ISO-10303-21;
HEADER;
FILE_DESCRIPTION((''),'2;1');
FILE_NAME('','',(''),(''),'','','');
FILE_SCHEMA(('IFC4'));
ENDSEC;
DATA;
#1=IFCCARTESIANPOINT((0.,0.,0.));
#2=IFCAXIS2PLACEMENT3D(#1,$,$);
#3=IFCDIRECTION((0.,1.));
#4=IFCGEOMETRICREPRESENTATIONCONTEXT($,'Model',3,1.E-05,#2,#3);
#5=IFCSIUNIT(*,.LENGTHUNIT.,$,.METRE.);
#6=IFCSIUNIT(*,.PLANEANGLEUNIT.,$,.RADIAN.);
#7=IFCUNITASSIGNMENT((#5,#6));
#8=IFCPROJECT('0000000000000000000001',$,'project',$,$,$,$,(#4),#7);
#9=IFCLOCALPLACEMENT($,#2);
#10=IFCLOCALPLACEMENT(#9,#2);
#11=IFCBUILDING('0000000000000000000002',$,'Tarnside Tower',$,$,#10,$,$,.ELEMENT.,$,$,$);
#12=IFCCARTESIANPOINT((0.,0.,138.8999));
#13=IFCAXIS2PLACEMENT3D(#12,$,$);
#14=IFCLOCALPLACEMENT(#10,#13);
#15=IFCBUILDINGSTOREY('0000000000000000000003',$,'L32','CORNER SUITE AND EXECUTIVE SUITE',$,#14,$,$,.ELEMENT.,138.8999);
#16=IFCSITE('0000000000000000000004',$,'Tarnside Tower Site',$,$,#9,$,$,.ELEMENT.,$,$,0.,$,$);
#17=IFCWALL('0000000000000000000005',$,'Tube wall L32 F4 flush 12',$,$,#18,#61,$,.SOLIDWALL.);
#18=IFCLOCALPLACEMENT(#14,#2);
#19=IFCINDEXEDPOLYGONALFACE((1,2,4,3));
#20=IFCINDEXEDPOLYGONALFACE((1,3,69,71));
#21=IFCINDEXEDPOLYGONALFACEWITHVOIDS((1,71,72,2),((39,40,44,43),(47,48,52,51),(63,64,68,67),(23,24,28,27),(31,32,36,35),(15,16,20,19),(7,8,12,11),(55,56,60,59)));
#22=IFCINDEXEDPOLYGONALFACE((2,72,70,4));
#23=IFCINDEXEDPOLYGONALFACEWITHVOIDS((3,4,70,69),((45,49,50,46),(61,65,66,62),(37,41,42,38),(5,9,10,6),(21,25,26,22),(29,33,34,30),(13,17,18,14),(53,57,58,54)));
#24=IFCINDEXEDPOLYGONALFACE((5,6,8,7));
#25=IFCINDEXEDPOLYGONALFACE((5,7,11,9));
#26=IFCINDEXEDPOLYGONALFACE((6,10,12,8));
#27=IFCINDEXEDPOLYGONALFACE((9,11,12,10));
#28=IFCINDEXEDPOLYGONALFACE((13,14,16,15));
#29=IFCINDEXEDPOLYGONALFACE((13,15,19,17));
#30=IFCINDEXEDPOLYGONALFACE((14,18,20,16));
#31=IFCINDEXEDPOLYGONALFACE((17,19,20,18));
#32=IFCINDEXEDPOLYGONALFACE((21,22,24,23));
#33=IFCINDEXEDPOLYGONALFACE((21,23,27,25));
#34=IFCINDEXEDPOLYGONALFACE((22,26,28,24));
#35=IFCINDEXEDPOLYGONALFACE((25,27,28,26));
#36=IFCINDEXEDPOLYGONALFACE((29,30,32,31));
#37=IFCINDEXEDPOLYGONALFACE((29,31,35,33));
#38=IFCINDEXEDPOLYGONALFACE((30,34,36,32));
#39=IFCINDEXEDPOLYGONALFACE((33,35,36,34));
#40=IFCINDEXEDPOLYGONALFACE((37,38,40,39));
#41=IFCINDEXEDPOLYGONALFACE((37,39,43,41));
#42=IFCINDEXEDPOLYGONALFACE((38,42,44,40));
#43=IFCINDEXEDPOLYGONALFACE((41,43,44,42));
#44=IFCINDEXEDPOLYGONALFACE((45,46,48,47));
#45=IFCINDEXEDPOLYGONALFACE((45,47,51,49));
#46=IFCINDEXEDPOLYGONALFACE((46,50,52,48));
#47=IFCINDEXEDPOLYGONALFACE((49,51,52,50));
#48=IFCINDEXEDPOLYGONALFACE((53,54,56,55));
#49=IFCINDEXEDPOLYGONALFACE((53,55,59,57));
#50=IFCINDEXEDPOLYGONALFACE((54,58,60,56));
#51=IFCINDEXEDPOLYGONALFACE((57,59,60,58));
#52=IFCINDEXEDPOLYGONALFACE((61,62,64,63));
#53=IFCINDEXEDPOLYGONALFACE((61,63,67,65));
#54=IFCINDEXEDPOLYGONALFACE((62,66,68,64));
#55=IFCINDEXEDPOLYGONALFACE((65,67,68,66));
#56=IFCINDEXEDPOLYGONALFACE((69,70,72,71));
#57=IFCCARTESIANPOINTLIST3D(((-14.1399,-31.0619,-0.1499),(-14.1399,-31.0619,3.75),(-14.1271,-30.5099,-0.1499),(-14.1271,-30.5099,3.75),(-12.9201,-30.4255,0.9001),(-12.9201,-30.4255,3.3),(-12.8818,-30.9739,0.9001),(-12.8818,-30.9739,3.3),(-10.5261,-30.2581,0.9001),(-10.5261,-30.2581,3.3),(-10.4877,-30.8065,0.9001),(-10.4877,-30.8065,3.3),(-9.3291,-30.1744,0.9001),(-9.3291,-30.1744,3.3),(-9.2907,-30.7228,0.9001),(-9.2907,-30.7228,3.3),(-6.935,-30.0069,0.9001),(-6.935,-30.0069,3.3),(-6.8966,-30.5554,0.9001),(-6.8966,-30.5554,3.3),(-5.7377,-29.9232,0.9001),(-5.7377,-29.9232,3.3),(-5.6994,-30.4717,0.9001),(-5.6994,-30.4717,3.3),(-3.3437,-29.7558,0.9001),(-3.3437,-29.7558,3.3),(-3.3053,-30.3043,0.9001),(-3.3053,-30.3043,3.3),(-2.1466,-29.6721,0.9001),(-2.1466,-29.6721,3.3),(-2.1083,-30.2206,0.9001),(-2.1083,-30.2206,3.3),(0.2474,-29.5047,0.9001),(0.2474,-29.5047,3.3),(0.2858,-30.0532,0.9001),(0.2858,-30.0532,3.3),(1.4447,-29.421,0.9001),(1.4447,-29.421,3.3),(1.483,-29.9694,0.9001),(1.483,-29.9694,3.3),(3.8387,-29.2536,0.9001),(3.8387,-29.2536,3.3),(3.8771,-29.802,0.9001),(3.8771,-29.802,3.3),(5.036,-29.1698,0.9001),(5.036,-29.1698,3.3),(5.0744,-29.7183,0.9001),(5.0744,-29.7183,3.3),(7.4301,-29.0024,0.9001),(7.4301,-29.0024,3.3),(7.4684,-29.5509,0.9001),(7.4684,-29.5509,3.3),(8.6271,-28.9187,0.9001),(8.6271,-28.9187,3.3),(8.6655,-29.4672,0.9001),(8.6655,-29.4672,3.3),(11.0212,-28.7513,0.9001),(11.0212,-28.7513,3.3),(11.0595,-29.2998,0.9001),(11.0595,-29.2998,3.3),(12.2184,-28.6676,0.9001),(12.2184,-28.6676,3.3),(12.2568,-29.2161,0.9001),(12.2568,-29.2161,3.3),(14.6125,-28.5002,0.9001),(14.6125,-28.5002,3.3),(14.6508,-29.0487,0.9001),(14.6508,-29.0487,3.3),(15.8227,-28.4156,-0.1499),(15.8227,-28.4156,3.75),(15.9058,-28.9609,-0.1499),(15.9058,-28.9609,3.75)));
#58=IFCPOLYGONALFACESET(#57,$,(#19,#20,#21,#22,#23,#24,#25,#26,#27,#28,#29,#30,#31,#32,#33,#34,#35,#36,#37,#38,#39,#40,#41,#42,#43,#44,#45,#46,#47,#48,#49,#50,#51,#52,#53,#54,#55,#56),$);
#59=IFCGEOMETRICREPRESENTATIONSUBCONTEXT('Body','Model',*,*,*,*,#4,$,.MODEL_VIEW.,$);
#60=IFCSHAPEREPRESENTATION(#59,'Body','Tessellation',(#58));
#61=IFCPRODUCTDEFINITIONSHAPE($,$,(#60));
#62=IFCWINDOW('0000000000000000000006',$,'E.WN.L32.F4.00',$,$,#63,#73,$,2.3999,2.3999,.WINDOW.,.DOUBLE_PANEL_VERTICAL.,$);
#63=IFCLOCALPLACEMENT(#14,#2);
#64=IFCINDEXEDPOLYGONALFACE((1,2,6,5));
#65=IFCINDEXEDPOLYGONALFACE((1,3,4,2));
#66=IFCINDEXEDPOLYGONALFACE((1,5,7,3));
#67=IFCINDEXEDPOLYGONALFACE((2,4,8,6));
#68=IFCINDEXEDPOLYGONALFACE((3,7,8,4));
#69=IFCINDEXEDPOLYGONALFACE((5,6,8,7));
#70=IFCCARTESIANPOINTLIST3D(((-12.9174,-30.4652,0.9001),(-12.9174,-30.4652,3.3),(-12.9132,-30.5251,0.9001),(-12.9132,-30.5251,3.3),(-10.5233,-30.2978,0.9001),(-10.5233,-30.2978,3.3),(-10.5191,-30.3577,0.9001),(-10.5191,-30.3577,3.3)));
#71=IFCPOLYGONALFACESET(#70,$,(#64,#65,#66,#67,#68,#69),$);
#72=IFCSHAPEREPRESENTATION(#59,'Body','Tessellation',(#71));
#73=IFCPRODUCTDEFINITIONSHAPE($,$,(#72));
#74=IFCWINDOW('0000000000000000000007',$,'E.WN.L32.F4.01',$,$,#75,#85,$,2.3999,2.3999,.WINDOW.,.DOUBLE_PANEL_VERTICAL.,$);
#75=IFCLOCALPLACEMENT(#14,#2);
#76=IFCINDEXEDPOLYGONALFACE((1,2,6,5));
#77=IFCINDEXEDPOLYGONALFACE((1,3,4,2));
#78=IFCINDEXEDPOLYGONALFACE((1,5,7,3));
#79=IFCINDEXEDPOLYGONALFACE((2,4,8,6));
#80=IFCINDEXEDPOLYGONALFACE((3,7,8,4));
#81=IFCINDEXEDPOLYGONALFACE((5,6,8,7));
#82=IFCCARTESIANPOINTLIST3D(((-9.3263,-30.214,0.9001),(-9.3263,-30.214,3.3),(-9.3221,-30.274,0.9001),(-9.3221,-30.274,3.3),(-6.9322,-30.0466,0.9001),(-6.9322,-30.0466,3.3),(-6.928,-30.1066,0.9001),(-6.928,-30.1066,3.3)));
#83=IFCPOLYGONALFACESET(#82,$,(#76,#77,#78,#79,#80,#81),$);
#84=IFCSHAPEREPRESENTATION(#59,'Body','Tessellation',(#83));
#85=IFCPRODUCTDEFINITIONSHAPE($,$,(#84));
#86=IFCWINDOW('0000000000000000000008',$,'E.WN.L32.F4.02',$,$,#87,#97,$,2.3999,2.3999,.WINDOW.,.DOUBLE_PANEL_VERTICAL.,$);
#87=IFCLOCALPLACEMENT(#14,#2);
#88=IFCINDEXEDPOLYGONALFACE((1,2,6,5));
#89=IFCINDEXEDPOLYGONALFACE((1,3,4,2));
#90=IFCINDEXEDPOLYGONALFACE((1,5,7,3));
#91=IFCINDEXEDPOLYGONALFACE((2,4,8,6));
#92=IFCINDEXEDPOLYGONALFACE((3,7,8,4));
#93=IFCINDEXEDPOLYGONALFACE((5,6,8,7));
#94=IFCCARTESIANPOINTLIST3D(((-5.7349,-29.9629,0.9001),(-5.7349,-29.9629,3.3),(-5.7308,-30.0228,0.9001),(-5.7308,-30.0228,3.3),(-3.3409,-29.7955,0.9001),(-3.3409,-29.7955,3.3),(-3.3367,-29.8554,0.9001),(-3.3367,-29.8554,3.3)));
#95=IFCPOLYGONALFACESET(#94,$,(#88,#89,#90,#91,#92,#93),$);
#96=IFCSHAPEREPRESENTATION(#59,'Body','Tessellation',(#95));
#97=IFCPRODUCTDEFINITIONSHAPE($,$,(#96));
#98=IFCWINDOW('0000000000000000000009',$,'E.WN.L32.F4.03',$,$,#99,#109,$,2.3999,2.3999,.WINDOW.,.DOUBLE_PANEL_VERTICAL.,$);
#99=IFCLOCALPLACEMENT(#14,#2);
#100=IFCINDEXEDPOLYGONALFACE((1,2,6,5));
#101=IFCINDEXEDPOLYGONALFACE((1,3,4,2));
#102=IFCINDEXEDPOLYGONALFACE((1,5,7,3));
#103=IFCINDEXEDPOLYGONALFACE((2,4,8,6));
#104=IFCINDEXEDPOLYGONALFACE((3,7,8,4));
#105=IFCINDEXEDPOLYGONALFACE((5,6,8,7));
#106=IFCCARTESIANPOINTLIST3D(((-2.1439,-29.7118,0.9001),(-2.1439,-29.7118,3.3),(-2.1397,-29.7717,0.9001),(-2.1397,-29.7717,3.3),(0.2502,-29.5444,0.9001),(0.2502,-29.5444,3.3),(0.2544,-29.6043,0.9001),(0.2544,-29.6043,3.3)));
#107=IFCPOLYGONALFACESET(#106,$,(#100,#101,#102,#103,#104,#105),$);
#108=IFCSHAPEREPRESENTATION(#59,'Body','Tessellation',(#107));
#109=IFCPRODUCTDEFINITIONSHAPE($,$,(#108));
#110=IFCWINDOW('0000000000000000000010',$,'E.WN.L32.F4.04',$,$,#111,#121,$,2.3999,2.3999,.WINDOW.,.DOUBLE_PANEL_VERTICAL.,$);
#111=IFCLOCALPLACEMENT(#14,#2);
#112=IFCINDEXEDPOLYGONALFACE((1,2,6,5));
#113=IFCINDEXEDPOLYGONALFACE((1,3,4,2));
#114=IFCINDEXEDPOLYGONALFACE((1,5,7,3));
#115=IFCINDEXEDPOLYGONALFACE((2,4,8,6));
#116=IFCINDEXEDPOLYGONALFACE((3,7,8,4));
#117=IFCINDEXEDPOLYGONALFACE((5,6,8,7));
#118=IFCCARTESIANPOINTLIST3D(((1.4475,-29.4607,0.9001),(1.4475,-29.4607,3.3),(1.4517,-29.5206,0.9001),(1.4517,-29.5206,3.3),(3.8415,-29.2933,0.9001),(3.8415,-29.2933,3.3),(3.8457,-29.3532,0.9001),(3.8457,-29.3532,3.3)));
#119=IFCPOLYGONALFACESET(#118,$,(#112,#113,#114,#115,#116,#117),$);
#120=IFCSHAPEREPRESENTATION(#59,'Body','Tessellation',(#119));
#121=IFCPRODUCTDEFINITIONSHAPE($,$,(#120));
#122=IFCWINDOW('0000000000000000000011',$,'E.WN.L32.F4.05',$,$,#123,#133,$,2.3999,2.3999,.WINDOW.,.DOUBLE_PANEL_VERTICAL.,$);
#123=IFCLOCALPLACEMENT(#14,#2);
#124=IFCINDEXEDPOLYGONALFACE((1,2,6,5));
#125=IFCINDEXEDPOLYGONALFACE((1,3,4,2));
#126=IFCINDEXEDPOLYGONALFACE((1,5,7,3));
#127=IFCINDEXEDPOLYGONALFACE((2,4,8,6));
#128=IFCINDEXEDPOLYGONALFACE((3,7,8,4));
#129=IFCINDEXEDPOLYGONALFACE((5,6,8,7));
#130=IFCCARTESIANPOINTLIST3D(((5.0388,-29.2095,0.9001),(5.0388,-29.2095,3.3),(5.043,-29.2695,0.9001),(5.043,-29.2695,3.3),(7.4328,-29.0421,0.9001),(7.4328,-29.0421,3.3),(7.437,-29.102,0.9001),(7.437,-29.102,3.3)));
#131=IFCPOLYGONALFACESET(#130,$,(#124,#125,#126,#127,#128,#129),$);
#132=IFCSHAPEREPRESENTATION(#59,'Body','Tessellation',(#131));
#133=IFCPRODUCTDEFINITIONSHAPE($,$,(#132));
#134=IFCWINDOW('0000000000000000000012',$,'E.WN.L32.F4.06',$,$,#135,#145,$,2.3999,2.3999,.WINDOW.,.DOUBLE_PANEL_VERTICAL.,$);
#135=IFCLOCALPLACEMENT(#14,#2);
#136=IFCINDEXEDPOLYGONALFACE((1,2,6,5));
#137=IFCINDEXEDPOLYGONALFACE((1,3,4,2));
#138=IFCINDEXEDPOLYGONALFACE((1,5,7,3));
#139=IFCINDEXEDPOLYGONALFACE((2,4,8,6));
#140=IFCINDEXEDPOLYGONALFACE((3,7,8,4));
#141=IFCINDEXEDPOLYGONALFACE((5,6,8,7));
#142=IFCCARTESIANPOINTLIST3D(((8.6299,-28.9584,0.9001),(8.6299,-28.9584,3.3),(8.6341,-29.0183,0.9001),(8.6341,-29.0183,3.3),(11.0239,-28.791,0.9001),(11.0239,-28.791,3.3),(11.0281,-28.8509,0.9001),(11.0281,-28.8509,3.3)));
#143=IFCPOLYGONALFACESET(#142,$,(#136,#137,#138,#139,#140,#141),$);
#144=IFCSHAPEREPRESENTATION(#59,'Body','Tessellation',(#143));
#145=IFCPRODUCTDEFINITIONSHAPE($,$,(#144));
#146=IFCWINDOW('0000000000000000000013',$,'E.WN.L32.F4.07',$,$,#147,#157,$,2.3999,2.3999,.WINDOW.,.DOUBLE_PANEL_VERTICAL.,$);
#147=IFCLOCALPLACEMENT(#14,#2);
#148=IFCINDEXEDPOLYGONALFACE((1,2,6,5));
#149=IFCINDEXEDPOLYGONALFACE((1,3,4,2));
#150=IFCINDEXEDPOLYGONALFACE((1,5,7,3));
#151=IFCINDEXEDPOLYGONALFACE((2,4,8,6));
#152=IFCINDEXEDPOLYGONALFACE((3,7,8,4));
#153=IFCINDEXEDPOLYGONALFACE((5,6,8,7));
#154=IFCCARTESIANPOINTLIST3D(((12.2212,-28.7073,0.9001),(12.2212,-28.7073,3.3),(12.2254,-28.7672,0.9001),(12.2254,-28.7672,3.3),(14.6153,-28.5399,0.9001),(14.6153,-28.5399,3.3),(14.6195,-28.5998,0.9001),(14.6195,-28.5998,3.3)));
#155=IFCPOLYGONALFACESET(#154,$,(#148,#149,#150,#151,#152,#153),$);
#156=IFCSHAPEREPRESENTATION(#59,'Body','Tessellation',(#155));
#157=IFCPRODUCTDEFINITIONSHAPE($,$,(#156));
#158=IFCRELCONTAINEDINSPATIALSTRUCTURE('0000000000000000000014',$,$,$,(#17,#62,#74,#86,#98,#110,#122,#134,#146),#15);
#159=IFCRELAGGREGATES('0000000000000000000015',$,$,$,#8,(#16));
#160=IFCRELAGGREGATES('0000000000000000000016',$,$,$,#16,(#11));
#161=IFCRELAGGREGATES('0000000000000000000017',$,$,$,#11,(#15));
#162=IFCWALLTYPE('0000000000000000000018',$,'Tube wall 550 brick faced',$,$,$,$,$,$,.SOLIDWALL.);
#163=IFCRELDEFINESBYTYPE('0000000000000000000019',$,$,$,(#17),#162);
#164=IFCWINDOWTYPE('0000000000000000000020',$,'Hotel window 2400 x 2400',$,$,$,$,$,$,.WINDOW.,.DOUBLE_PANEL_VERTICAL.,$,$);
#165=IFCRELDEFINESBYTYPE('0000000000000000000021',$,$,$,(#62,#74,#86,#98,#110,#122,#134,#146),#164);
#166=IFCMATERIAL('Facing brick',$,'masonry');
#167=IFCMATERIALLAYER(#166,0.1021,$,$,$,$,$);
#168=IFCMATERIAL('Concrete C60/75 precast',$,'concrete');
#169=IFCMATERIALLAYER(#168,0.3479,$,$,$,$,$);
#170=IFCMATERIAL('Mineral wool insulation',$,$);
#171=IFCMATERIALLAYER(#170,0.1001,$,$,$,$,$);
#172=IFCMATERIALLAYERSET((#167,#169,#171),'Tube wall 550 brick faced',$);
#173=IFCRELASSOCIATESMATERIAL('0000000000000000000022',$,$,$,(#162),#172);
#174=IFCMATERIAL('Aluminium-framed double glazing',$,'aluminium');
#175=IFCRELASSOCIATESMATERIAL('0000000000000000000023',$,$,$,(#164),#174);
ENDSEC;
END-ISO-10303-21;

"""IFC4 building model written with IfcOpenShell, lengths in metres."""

from ifc_helpers import new_model, si_unit, direction, frame, frame_2d, origin, place, context, subcontext, project, spatial, polyline, rectangle, outline, extrude, material, layer, layer_set, type_object, element, fill, save


model = new_model("IFC4")

# Units and contexts
model_context = context("Model", 3, precision=1e-05, world=origin(), true_north=direction((0.0, 1.0)))
body_context = subcontext(model_context, "Body", "Model", "MODEL_VIEW")
ifc_project = project(units=[si_unit("LENGTHUNIT", "METRE"), si_unit("PLANEANGLEUNIT", "RADIAN")], contexts=[model_context])

# Site, building, storey
site_placement = place(None, origin())
site = spatial("IfcSite", under=ifc_project, at=site_placement, Name="Tarnside Tower Site", CompositionType="ELEMENT", RefElevation=0.0)
building_placement = place(site_placement, origin())
building = spatial("IfcBuilding", under=site, at=building_placement, Name="Tarnside Tower", CompositionType="ELEMENT")
storey_placement = place(building_placement, frame((0.0, 0.0, 138.8999)))
storey = spatial("IfcBuildingStorey", under=building, at=storey_placement, Name="L32", Description="CORNER SUITE AND EXECUTIVE SUITE", CompositionType="ELEMENT", Elevation=138.8999)

# Wall, openings, windows
ifc_material_1 = material(Name="Facing brick", Category="masonry")
ifc_layer_1 = layer(ifc_material_1, 0.1021)
ifc_material_2 = material(Name="Concrete C60/75 precast", Category="concrete")
ifc_layer_2 = layer(ifc_material_2, 0.3479)
ifc_material_3 = material(Name="Mineral wool insulation")
ifc_layer_3 = layer(ifc_material_3, 0.1001)
ifc_layer_set_1 = layer_set([ifc_layer_1, ifc_layer_2, ifc_layer_3], Name="Tube wall 550 brick faced")
wall_type_1 = type_object("IfcWallType", Name="Tube wall 550 brick faced", PredefinedType="SOLIDWALL", material=ifc_layer_set_1)
wall_1_placement = place(storey_placement, frame((-14.1335, -30.7859, -0.1499), z_axis=(0.0, 0.0, 1.0), x_axis=(0.997564, 0.069757, 0.0)))
wall_1 = element("IfcWall", 1, at=wall_1_placement, inside=storey, type_object=wall_type_1, Name="Tube wall L32 F4 flush 12", PredefinedType="SOLIDWALL", context=body_context, shape_type="SweptSolid", body=[
    extrude(outline(polyline([(-0.0256, -0.2749), (30.0935, -0.2749), (30.0486, 0.2749), (0.0256, 0.2749), (-0.0256, -0.2749)])), origin(), (0.0, 0.0, 1.0), 3.8999),
])
opening_1_placement = place(wall_1_placement, frame((1.2356, 0.0, 1.05)))
opening_1 = element("IfcOpeningElement", 2, at=opening_1_placement, cuts=wall_1, PredefinedType="OPENING", context=body_context, shape_type="SweptSolid", body=[
    extrude(rectangle(XDim=2.3999, YDim=2.3999, at=frame_2d((1.2, 1.2))), frame((0.0, 0.2852, 0.0), z_axis=(0.0, -1.0, 0.0), x_axis=(1.0, 0.0, 0.0)), (0.0, 0.0, 1.0), 0.5701),
])
opening_2_placement = place(wall_1_placement, frame((4.8354, 0.0, 1.05)))
opening_2 = element("IfcOpeningElement", 3, at=opening_2_placement, cuts=wall_1, PredefinedType="OPENING", context=body_context, shape_type="SweptSolid", body=[
    extrude(rectangle(XDim=2.3999, YDim=2.3999, at=frame_2d((1.2, 1.2))), frame((0.0, 0.2852, 0.0), z_axis=(0.0, -1.0, 0.0), x_axis=(1.0, 0.0, 0.0)), (0.0, 0.0, 1.0), 0.5701),
])
opening_3_placement = place(wall_1_placement, frame((8.4355, 0.0, 1.05)))
opening_3 = element("IfcOpeningElement", 4, at=opening_3_placement, cuts=wall_1, PredefinedType="OPENING", context=body_context, shape_type="SweptSolid", body=[
    extrude(rectangle(XDim=2.3999, YDim=2.3999, at=frame_2d((1.2, 1.2))), frame((0.0, 0.2852, 0.0), z_axis=(0.0, -1.0, 0.0), x_axis=(1.0, 0.0, 0.0)), (0.0, 0.0, 1.0), 0.5701),
])
opening_4_placement = place(wall_1_placement, frame((12.0354, 0.0, 1.05)))
opening_4 = element("IfcOpeningElement", 5, at=opening_4_placement, cuts=wall_1, PredefinedType="OPENING", context=body_context, shape_type="SweptSolid", body=[
    extrude(rectangle(XDim=2.3999, YDim=2.3999, at=frame_2d((1.2, 1.2))), frame((0.0, 0.2852, 0.0), z_axis=(0.0, -1.0, 0.0), x_axis=(1.0, 0.0, 0.0)), (0.0, 0.0, 1.0), 0.5701),
])
opening_5_placement = place(wall_1_placement, frame((15.6355, 0.0, 1.05)))
opening_5 = element("IfcOpeningElement", 6, at=opening_5_placement, cuts=wall_1, PredefinedType="OPENING", context=body_context, shape_type="SweptSolid", body=[
    extrude(rectangle(XDim=2.3999, YDim=2.3999, at=frame_2d((1.2, 1.2))), frame((0.0, 0.2852, 0.0), z_axis=(0.0, -1.0, 0.0), x_axis=(1.0, 0.0, 0.0)), (0.0, 0.0, 1.0), 0.5701),
])
opening_6_placement = place(wall_1_placement, frame((19.2356, 0.0, 1.05)))
opening_6 = element("IfcOpeningElement", 7, at=opening_6_placement, cuts=wall_1, PredefinedType="OPENING", context=body_context, shape_type="SweptSolid", body=[
    extrude(rectangle(XDim=2.3999, YDim=2.3999, at=frame_2d((1.2, 1.2))), frame((0.0, 0.2852, 0.0), z_axis=(0.0, -1.0, 0.0), x_axis=(1.0, 0.0, 0.0)), (0.0, 0.0, 1.0), 0.5701),
])
opening_7_placement = place(wall_1_placement, frame((22.8354, 0.0, 1.05)))
opening_7 = element("IfcOpeningElement", 8, at=opening_7_placement, cuts=wall_1, PredefinedType="OPENING", context=body_context, shape_type="SweptSolid", body=[
    extrude(rectangle(XDim=2.3999, YDim=2.3999, at=frame_2d((1.2, 1.2))), frame((0.0, 0.2852, 0.0), z_axis=(0.0, -1.0, 0.0), x_axis=(1.0, 0.0, 0.0)), (0.0, 0.0, 1.0), 0.5701),
])
opening_8_placement = place(wall_1_placement, frame((26.4355, 0.0, 1.05)))
opening_8 = element("IfcOpeningElement", 9, at=opening_8_placement, cuts=wall_1, PredefinedType="OPENING", context=body_context, shape_type="SweptSolid", body=[
    extrude(rectangle(XDim=2.3999, YDim=2.3999, at=frame_2d((1.2, 1.2))), frame((0.0, 0.2852, 0.0), z_axis=(0.0, -1.0, 0.0), x_axis=(1.0, 0.0, 0.0)), (0.0, 0.0, 1.0), 0.5701),
])
ifc_material_4 = material(Name="Aluminium-framed double glazing", Category="aluminium")
window_type = type_object("IfcWindowType", Name="Hotel window 2400 x 2400", PartitioningType="DOUBLE_PANEL_VERTICAL", PredefinedType="WINDOW", material=ifc_material_4)
window_1_placement = place(opening_1_placement, frame((0.0, 0.2051, 0.0)))
window_1 = element("IfcWindow", 10, at=window_1_placement, inside=storey, type_object=window_type, Name="E.WN.L32.F4.00", OverallHeight=2.3999, OverallWidth=2.3999, PartitioningType="DOUBLE_PANEL_VERTICAL", PredefinedType="WINDOW", context=body_context, shape_type="SweptSolid", body=[
    extrude(rectangle(XDim=2.3999, YDim=2.3999, at=frame_2d((1.2, 1.2))), frame((0.0, 0.03, 0.0), z_axis=(0.0, -1.0, 0.0), x_axis=(1.0, 0.0, 0.0)), (0.0, 0.0, 1.0), 0.0601),
])
fill(opening_1, window_1)
window_2_placement = place(opening_2_placement, frame((0.0, 0.2051, 0.0)))
window_2 = element("IfcWindow", 11, at=window_2_placement, inside=storey, type_object=window_type, Name="E.WN.L32.F4.01", OverallHeight=2.3999, OverallWidth=2.3999, PartitioningType="DOUBLE_PANEL_VERTICAL", PredefinedType="WINDOW", context=body_context, shape_type="SweptSolid", body=[
    extrude(rectangle(XDim=2.3999, YDim=2.3999, at=frame_2d((1.2, 1.2))), frame((0.0, 0.03, 0.0), z_axis=(0.0, -1.0, 0.0), x_axis=(1.0, 0.0, 0.0)), (0.0, 0.0, 1.0), 0.0601),
])
fill(opening_2, window_2)
window_3_placement = place(opening_3_placement, frame((0.0, 0.2051, 0.0)))
window_3 = element("IfcWindow", 12, at=window_3_placement, inside=storey, type_object=window_type, Name="E.WN.L32.F4.02", OverallHeight=2.3999, OverallWidth=2.3999, PartitioningType="DOUBLE_PANEL_VERTICAL", PredefinedType="WINDOW", context=body_context, shape_type="SweptSolid", body=[
    extrude(rectangle(XDim=2.3999, YDim=2.3999, at=frame_2d((1.2, 1.2))), frame((0.0, 0.03, 0.0), z_axis=(0.0, -1.0, 0.0), x_axis=(1.0, 0.0, 0.0)), (0.0, 0.0, 1.0), 0.0601),
])
fill(opening_3, window_3)
window_4_placement = place(opening_4_placement, frame((0.0, 0.2051, 0.0)))
window_4 = element("IfcWindow", 13, at=window_4_placement, inside=storey, type_object=window_type, Name="E.WN.L32.F4.03", OverallHeight=2.3999, OverallWidth=2.3999, PartitioningType="DOUBLE_PANEL_VERTICAL", PredefinedType="WINDOW", context=body_context, shape_type="SweptSolid", body=[
    extrude(rectangle(XDim=2.3999, YDim=2.3999, at=frame_2d((1.2, 1.2))), frame((0.0, 0.03, 0.0), z_axis=(0.0, -1.0, 0.0), x_axis=(1.0, 0.0, 0.0)), (0.0, 0.0, 1.0), 0.0601),
])
fill(opening_4, window_4)
window_5_placement = place(opening_5_placement, frame((0.0, 0.2051, 0.0)))
window_5 = element("IfcWindow", 14, at=window_5_placement, inside=storey, type_object=window_type, Name="E.WN.L32.F4.04", OverallHeight=2.3999, OverallWidth=2.3999, PartitioningType="DOUBLE_PANEL_VERTICAL", PredefinedType="WINDOW", context=body_context, shape_type="SweptSolid", body=[
    extrude(rectangle(XDim=2.3999, YDim=2.3999, at=frame_2d((1.2, 1.2))), frame((0.0, 0.03, 0.0), z_axis=(0.0, -1.0, 0.0), x_axis=(1.0, 0.0, 0.0)), (0.0, 0.0, 1.0), 0.0601),
])
fill(opening_5, window_5)
window_6_placement = place(opening_6_placement, frame((0.0, 0.2051, 0.0)))
window_6 = element("IfcWindow", 15, at=window_6_placement, inside=storey, type_object=window_type, Name="E.WN.L32.F4.05", OverallHeight=2.3999, OverallWidth=2.3999, PartitioningType="DOUBLE_PANEL_VERTICAL", PredefinedType="WINDOW", context=body_context, shape_type="SweptSolid", body=[
    extrude(rectangle(XDim=2.3999, YDim=2.3999, at=frame_2d((1.2, 1.2))), frame((0.0, 0.03, 0.0), z_axis=(0.0, -1.0, 0.0), x_axis=(1.0, 0.0, 0.0)), (0.0, 0.0, 1.0), 0.0601),
])
fill(opening_6, window_6)
window_7_placement = place(opening_7_placement, frame((0.0, 0.2051, 0.0)))
window_7 = element("IfcWindow", 16, at=window_7_placement, inside=storey, type_object=window_type, Name="E.WN.L32.F4.06", OverallHeight=2.3999, OverallWidth=2.3999, PartitioningType="DOUBLE_PANEL_VERTICAL", PredefinedType="WINDOW", context=body_context, shape_type="SweptSolid", body=[
    extrude(rectangle(XDim=2.3999, YDim=2.3999, at=frame_2d((1.2, 1.2))), frame((0.0, 0.03, 0.0), z_axis=(0.0, -1.0, 0.0), x_axis=(1.0, 0.0, 0.0)), (0.0, 0.0, 1.0), 0.0601),
])
fill(opening_7, window_7)
window_8_placement = place(opening_8_placement, frame((0.0, 0.2051, 0.0)))
window_8 = element("IfcWindow", 17, at=window_8_placement, inside=storey, type_object=window_type, Name="E.WN.L32.F4.07", OverallHeight=2.3999, OverallWidth=2.3999, PartitioningType="DOUBLE_PANEL_VERTICAL", PredefinedType="WINDOW", context=body_context, shape_type="SweptSolid", body=[
    extrude(rectangle(XDim=2.3999, YDim=2.3999, at=frame_2d((1.2, 1.2))), frame((0.0, 0.03, 0.0), z_axis=(0.0, -1.0, 0.0), x_axis=(1.0, 0.0, 0.0)), (0.0, 0.0, 1.0), 0.0601),
])
fill(opening_8, window_8)

save(model, "model.ifc")
